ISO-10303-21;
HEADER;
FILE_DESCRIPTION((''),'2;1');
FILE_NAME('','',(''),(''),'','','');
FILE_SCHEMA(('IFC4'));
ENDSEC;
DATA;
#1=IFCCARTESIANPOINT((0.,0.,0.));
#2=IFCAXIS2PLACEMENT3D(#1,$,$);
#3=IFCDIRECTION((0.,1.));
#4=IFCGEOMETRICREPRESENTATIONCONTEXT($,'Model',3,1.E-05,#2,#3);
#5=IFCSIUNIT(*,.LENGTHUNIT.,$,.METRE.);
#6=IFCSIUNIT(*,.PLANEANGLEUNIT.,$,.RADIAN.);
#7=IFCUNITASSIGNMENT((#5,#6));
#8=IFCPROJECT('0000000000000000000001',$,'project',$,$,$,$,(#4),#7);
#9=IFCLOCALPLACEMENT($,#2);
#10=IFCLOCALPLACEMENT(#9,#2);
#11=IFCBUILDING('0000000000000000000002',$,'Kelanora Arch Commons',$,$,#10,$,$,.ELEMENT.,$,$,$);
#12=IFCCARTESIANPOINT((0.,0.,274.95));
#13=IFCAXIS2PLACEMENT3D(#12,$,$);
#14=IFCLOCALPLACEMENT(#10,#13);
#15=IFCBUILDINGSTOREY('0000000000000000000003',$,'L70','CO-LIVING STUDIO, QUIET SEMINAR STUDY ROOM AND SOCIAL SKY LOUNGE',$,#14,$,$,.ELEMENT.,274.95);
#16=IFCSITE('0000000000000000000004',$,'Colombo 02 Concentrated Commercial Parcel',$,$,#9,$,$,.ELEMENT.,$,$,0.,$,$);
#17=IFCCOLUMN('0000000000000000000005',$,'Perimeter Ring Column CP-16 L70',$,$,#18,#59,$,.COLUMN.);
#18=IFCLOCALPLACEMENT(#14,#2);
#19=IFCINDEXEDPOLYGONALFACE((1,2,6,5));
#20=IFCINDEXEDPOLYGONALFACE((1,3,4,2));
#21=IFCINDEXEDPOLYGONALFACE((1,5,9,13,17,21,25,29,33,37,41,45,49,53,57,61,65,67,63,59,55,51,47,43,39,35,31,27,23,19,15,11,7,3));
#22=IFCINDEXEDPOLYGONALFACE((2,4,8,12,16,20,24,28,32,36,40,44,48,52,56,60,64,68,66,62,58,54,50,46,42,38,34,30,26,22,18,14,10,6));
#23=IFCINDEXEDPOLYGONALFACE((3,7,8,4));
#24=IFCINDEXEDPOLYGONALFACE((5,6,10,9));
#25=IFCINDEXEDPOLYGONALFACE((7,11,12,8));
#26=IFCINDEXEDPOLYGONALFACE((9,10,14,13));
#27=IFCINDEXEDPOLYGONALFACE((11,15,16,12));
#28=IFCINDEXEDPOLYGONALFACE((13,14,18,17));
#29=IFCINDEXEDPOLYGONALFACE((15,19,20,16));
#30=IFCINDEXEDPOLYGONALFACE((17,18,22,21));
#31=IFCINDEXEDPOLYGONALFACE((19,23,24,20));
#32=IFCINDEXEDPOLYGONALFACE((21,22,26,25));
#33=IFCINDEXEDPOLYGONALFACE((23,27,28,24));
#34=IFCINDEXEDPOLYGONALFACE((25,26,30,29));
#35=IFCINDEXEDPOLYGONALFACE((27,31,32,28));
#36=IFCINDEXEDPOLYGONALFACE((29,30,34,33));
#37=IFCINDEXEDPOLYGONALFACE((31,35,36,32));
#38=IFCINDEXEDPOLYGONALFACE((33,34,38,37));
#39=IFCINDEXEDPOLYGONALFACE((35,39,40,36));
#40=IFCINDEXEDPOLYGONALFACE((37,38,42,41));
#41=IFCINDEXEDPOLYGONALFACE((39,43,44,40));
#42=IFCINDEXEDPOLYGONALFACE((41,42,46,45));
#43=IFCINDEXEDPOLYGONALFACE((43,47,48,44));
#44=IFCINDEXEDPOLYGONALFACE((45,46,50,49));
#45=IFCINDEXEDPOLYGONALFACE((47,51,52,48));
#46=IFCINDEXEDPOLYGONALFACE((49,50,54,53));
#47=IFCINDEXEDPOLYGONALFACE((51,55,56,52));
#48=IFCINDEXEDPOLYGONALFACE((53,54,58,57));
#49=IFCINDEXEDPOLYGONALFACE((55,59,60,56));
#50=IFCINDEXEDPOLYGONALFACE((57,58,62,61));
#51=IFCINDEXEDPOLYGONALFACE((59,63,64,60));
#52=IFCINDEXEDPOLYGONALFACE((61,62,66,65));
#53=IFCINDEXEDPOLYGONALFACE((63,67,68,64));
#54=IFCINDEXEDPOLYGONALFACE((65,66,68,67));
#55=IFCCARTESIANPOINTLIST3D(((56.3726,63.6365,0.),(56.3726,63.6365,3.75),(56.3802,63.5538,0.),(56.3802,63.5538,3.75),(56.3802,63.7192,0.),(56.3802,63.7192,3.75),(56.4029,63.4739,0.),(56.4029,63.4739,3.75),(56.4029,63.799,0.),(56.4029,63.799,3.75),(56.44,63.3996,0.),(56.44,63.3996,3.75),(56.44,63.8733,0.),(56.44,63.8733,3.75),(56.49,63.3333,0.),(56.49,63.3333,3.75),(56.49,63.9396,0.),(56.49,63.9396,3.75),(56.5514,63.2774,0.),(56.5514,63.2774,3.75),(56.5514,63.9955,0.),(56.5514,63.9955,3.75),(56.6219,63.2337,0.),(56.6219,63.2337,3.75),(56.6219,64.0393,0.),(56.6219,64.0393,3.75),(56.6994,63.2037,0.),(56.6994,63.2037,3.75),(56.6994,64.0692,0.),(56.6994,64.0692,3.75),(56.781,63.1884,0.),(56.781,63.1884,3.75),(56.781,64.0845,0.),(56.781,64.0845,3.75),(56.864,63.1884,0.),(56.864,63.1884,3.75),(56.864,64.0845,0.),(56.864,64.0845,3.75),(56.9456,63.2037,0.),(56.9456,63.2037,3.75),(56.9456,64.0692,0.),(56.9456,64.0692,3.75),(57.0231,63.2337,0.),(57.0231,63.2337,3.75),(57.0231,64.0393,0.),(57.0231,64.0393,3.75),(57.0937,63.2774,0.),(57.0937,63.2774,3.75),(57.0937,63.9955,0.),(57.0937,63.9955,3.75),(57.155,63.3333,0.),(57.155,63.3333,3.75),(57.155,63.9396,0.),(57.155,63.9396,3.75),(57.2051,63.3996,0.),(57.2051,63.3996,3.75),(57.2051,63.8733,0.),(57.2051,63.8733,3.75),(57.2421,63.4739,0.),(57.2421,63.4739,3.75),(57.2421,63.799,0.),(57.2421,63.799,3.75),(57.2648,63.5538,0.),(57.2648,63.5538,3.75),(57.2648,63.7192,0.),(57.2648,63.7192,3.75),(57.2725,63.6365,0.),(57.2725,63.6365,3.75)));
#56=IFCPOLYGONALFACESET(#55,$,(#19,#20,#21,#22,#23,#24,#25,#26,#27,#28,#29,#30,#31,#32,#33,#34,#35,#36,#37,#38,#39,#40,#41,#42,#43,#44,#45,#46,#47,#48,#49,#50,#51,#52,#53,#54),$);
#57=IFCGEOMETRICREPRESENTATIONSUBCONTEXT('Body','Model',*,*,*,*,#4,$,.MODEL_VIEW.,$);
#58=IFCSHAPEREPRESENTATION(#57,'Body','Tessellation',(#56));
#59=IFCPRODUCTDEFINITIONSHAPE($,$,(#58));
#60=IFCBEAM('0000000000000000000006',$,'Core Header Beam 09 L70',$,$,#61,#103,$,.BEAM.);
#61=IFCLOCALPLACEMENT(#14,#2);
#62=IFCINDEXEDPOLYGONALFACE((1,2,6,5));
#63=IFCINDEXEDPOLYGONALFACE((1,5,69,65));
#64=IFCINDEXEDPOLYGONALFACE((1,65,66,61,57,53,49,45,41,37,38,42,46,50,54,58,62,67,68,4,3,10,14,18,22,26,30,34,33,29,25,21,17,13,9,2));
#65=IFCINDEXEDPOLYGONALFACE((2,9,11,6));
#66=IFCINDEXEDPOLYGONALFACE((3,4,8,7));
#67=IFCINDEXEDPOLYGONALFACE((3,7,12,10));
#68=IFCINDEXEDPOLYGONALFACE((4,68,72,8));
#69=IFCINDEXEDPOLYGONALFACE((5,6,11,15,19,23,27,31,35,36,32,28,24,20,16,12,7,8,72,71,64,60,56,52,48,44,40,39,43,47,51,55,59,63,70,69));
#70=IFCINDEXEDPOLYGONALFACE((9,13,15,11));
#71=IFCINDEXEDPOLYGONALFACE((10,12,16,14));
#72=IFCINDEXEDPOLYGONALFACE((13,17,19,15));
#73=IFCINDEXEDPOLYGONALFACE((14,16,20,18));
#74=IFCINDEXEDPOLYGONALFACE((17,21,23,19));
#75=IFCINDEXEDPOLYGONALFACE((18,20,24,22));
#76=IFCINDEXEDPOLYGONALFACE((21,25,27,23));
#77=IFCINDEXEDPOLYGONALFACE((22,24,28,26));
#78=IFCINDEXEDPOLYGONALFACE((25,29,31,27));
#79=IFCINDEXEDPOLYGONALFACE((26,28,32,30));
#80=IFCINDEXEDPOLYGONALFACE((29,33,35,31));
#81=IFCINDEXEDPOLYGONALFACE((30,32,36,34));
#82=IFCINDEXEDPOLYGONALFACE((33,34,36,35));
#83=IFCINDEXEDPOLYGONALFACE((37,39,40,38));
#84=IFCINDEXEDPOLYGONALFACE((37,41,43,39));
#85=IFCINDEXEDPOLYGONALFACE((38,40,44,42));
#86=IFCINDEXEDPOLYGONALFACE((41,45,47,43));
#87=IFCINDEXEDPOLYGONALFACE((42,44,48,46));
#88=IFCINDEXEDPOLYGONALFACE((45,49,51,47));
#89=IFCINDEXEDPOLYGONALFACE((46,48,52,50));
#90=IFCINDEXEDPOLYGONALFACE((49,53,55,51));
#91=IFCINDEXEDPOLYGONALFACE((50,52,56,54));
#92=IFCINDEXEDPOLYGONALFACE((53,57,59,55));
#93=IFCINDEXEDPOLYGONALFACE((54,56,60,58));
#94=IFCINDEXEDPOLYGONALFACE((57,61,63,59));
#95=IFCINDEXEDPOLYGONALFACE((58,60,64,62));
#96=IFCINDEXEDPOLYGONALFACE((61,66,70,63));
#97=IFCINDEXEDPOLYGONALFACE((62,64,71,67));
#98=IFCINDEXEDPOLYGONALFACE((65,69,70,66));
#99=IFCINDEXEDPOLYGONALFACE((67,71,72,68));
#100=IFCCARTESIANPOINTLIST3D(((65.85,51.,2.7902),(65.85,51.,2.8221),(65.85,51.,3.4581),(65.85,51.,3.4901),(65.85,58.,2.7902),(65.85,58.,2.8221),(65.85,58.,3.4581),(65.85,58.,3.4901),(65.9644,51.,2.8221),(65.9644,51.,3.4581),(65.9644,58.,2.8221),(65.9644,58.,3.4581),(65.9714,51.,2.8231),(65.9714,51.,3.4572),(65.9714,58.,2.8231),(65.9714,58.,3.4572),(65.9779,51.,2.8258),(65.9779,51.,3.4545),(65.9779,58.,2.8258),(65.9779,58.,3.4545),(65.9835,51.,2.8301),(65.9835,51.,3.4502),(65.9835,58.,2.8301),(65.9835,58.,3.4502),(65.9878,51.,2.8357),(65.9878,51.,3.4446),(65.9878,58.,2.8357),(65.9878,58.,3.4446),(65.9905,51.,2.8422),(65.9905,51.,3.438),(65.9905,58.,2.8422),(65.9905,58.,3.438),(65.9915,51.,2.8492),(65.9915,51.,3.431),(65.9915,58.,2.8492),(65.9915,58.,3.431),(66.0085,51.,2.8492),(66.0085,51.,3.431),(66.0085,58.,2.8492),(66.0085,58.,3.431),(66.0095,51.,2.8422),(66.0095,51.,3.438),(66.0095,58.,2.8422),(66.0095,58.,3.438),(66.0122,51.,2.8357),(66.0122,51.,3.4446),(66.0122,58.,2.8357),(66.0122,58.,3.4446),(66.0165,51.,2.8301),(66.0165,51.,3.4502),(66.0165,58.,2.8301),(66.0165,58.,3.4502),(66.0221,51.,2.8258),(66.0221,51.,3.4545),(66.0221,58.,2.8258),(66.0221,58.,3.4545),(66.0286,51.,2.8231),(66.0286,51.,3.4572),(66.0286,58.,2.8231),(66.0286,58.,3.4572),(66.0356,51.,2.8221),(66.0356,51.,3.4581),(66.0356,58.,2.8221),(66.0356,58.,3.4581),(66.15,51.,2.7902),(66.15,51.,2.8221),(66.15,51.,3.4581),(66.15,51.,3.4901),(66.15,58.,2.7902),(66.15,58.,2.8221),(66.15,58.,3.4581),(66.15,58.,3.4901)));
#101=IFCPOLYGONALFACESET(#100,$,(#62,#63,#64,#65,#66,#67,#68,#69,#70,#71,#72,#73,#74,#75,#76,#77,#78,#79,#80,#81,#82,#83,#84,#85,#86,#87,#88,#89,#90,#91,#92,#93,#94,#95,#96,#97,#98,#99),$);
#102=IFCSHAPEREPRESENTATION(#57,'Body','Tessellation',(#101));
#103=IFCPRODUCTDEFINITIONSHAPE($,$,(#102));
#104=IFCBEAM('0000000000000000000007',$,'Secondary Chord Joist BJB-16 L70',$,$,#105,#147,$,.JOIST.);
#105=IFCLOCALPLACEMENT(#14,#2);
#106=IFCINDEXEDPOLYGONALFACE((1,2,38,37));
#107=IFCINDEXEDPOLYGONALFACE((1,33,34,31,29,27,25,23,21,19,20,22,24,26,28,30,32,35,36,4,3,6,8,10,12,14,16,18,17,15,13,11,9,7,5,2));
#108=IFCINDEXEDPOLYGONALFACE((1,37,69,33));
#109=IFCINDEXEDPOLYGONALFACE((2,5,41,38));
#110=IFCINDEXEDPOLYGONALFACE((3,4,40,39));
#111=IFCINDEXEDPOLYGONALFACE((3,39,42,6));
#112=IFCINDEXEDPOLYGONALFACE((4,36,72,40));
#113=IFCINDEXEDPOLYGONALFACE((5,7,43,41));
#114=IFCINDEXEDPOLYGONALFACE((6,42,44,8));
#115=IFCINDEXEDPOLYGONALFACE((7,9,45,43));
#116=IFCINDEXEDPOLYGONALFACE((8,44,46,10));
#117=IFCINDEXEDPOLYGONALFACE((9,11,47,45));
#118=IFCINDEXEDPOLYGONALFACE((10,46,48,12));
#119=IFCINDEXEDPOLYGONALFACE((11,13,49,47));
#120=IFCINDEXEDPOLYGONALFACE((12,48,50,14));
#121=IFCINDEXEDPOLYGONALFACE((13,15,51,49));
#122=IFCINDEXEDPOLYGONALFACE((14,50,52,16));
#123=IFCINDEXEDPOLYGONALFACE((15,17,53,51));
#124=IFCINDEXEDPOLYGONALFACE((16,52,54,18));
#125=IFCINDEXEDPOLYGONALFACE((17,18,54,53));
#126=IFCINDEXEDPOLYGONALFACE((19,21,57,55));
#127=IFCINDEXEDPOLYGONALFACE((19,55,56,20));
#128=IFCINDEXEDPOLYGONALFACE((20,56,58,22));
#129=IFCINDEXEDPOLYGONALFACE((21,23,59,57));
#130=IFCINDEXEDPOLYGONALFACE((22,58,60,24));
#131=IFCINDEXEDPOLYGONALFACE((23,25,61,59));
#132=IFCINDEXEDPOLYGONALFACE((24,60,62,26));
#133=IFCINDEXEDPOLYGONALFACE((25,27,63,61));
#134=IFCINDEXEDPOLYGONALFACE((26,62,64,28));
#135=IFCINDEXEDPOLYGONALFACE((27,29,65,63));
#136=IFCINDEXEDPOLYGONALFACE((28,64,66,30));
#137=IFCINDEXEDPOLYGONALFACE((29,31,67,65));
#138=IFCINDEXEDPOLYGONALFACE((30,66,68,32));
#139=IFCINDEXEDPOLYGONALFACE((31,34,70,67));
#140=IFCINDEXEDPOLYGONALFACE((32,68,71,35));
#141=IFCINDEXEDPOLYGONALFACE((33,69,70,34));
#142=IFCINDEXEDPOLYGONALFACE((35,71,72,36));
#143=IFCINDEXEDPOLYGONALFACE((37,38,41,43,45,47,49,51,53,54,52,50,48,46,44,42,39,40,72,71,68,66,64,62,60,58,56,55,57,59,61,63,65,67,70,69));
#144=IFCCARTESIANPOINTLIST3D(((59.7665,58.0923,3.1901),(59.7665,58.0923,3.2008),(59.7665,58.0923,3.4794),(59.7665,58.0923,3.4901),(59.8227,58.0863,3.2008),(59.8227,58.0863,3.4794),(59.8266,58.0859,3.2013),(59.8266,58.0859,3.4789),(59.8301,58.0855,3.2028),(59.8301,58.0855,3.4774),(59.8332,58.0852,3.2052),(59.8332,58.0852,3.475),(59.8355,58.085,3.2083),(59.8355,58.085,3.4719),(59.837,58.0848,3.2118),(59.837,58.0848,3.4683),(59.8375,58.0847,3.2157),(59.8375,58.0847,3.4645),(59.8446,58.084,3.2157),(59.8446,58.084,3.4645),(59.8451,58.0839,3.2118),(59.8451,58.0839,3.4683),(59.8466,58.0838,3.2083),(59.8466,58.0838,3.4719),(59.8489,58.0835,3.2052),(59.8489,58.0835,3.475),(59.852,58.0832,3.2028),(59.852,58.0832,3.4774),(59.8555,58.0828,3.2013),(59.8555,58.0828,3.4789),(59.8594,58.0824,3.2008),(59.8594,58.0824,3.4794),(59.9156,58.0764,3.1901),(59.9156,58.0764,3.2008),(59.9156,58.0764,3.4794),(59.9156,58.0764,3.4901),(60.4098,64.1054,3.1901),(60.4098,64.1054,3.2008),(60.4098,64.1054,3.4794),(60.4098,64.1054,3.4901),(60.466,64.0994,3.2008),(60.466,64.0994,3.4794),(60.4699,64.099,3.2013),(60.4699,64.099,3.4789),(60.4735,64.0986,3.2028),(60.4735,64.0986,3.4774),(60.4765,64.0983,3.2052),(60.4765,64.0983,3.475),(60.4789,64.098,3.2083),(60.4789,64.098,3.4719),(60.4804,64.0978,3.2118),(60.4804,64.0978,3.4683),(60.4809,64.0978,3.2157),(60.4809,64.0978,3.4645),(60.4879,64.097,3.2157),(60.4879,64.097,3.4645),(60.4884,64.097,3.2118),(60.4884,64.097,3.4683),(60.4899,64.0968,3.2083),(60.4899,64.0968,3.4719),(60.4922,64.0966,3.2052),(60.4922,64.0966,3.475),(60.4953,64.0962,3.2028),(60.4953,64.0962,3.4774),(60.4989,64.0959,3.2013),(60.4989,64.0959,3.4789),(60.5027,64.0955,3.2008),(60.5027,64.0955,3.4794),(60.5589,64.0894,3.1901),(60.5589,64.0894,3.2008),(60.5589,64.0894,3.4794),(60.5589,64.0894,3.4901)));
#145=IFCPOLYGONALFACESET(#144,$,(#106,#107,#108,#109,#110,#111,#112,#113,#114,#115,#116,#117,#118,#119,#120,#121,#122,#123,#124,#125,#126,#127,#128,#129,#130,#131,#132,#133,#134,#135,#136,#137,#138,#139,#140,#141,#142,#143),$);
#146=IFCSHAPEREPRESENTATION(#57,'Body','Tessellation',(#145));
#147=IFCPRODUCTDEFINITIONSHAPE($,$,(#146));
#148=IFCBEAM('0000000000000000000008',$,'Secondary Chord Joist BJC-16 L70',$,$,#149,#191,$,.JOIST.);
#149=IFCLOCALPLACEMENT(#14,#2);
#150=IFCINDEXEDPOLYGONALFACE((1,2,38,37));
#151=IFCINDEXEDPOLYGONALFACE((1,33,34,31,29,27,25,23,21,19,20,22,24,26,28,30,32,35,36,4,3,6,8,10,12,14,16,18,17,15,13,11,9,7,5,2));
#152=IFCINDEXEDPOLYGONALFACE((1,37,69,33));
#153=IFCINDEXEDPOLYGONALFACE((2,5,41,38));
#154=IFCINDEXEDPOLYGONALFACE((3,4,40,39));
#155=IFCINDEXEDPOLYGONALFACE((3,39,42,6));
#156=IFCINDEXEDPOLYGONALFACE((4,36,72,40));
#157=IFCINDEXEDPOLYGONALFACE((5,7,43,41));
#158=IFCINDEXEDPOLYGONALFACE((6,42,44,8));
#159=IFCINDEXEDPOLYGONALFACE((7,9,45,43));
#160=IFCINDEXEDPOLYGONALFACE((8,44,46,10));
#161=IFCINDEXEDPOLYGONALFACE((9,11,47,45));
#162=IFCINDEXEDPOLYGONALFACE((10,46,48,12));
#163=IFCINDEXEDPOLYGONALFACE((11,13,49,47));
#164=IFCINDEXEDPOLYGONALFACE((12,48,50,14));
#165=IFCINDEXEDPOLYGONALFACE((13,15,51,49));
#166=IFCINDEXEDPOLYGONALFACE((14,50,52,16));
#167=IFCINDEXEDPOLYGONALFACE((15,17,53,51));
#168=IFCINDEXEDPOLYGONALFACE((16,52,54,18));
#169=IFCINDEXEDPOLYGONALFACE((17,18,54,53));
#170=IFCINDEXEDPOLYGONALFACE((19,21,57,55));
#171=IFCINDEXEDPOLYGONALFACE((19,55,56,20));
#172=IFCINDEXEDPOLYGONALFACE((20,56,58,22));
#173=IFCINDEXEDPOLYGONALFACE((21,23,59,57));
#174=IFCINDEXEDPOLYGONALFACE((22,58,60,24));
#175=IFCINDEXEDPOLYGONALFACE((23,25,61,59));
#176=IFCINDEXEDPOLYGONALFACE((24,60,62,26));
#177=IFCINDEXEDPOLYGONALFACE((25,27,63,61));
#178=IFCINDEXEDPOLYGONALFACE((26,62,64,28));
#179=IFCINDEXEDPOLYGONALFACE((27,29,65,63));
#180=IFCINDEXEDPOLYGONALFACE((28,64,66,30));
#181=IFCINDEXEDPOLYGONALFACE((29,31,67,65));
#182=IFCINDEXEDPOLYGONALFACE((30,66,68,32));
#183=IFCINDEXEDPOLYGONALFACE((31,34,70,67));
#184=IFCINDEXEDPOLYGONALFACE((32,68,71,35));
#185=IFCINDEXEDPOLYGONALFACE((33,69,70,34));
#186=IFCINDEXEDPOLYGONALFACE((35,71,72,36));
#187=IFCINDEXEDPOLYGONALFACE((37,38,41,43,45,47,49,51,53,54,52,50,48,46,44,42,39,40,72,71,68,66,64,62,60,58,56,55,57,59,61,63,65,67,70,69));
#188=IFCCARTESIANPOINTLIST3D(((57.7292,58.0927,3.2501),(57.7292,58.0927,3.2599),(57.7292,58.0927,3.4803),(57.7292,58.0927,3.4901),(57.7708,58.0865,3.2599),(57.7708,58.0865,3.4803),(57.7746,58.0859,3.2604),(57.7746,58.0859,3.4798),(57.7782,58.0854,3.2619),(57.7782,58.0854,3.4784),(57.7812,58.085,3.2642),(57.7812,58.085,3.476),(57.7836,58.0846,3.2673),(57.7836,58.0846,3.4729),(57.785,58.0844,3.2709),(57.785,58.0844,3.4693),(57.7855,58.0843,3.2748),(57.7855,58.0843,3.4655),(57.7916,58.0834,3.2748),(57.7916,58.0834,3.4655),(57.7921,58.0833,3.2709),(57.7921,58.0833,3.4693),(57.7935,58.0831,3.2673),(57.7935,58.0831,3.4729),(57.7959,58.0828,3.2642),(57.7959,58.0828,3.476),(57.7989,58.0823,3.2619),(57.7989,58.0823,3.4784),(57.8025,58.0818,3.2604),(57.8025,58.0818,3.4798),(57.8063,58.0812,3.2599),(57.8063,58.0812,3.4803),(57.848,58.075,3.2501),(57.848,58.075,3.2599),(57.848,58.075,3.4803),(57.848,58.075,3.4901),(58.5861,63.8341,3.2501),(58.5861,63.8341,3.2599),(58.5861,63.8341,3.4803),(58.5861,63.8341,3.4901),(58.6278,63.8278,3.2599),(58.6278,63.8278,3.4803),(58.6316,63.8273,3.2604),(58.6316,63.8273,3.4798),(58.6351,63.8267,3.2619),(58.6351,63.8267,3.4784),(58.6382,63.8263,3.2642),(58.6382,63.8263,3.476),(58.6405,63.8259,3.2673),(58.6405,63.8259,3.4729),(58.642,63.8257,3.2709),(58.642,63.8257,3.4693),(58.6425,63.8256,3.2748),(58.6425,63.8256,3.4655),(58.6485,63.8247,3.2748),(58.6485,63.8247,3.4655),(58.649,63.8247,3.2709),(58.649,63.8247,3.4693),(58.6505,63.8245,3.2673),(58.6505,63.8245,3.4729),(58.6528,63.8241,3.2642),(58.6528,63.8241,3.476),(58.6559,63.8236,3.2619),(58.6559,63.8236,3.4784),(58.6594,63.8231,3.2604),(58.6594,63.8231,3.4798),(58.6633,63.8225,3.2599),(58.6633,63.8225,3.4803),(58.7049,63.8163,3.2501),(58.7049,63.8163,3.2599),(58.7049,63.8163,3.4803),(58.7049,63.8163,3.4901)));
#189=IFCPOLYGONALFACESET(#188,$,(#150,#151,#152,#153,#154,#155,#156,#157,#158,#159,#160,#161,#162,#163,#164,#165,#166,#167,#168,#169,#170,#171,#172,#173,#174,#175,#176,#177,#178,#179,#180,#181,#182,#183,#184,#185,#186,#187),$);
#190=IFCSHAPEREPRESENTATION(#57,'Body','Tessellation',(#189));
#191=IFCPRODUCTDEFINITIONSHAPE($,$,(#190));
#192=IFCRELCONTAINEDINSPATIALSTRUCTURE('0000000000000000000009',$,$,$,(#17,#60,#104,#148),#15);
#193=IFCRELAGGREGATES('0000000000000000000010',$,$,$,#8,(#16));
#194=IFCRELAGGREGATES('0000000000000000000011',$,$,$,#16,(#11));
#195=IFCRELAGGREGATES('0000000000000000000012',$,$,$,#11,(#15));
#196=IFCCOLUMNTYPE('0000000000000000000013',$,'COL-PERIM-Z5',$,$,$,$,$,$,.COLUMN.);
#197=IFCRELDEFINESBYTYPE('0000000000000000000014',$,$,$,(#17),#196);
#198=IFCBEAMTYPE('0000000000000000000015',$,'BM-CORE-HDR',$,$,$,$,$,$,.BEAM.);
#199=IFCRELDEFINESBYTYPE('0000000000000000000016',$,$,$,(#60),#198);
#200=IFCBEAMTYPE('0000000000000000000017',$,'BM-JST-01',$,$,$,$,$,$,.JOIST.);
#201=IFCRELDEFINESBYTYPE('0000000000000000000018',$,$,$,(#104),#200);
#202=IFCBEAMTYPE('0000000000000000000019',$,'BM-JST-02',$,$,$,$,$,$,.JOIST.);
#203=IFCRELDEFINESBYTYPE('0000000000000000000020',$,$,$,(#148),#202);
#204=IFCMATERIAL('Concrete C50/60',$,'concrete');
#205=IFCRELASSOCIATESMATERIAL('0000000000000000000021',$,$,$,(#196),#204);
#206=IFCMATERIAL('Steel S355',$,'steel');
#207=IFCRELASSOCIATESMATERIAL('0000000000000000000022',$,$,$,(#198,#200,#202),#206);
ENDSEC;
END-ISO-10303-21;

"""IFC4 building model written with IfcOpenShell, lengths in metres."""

from ifc_helpers import new_model, si_unit, direction, frame, origin, origin_2d, place, context, subcontext, project, spatial, circle, i_section, extrude, material, material_profile, profile_set, type_object, element, save


model = new_model("IFC4")

# Units and contexts
model_context = context("Model", 3, precision=1e-05, world=origin(), true_north=direction((0.0, 1.0)))
body_context = subcontext(model_context, "Body", "Model", "MODEL_VIEW")
ifc_project = project(units=[si_unit("LENGTHUNIT", "METRE"), si_unit("PLANEANGLEUNIT", "RADIAN")], contexts=[model_context])

# Site, building, storey
site_placement = place(None, origin())
site = spatial("IfcSite", under=ifc_project, at=site_placement, Name="Colombo 02 Concentrated Commercial Parcel", CompositionType="ELEMENT", RefElevation=0.0)
building_placement = place(site_placement, origin())
building = spatial("IfcBuilding", under=site, at=building_placement, Name="Kelanora Arch Commons", CompositionType="ELEMENT")
storey_placement = place(building_placement, frame((0.0, 0.0, 274.95)))
storey = spatial("IfcBuildingStorey", under=building, at=storey_placement, Name="L70", Description="CO-LIVING STUDIO, QUIET SEMINAR STUDY ROOM AND SOCIAL SKY LOUNGE", CompositionType="ELEMENT", Elevation=274.95)

# Column
ifc_material_1 = material(Name="Concrete C50/60", Category="concrete")
ifc_material_profile_1 = material_profile(ifc_material_1, circle(Radius=0.45, at=origin_2d()), Name="RCC900")
ifc_profile_set_1 = profile_set([ifc_material_profile_1], Name="Concrete C50/60")
column_type = type_object("IfcColumnType", Name="COL-PERIM-Z5", PredefinedType="COLUMN", material=ifc_profile_set_1)
column_placement = place(storey_placement, frame((56.8225, 63.6365, 0.0), z_axis=(0.0, 0.0, 1.0), x_axis=(1.0, 0.0, 0.0)))
element("IfcColumn", 1, at=column_placement, inside=storey, type_object=column_type, Name="Perimeter Ring Column CP-16 L70", PredefinedType="COLUMN", context=body_context, shape_type="SweptSolid", body=[
    extrude(circle(Radius=0.45, at=origin_2d()), origin(), (0.0, 0.0, 1.0), 3.75),
])

# Beams
ifc_material_2 = material(Name="Steel S355", Category="steel")
ifc_material_profile_2 = material_profile(ifc_material_2, i_section(OverallWidth=0.3, OverallDepth=0.7, WebThickness=0.0171, FlangeThickness=0.032, FilletRadius=0.0271, at=origin_2d()), Name="HEB700")
ifc_profile_set_2 = profile_set([ifc_material_profile_2], Name="Steel S355")
beam_type_1 = type_object("IfcBeamType", Name="BM-CORE-HDR", PredefinedType="BEAM", material=ifc_profile_set_2)
beam_1_placement = place(storey_placement, frame((66.0, 58.0, 3.1401), z_axis=(0.0, -1.0, 0.0), x_axis=(1.0, 0.0, 0.0)))
element("IfcBeam", 2, at=beam_1_placement, inside=storey, type_object=beam_type_1, Name="Core Header Beam 09 L70", PredefinedType="BEAM", context=body_context, shape_type="SweptSolid", body=[
    extrude(i_section(OverallWidth=0.3, OverallDepth=0.7, WebThickness=0.0171, FlangeThickness=0.032, FilletRadius=0.0271, at=origin_2d()), origin(), (0.0, 0.0, 1.0), 7.0),
])
ifc_material_profile_3 = material_profile(ifc_material_2, i_section(OverallWidth=0.1499, OverallDepth=0.3, WebThickness=0.0071, FlangeThickness=0.0107, FilletRadius=0.0149, at=origin_2d()), Name="IPE300")
ifc_profile_set_3 = profile_set([ifc_material_profile_3], Name="Steel S355")
beam_type_2 = type_object("IfcBeamType", Name="BM-JST-01", PredefinedType="JOIST", material=ifc_profile_set_3)
beam_2_placement = place(storey_placement, frame((60.4844, 64.0974, 3.3401), z_axis=(-0.106381, -0.994325, 0.0), x_axis=(0.994325, -0.106381, 0.0)))
element("IfcBeam", 3, at=beam_2_placement, inside=storey, type_object=beam_type_2, Name="Secondary Chord Joist BJB-16 L70", PredefinedType="JOIST", context=body_context, shape_type="SweptSolid", body=[
    extrude(i_section(OverallWidth=0.1499, OverallDepth=0.3, WebThickness=0.0071, FlangeThickness=0.0107, FilletRadius=0.0149, at=origin_2d()), origin(), (0.0, 0.0, 1.0), 6.0474),
])
ifc_material_profile_4 = material_profile(ifc_material_2, i_section(OverallWidth=0.1201, OverallDepth=0.24, WebThickness=0.0061, FlangeThickness=0.0098, FilletRadius=0.0149, at=origin_2d()), Name="IPE240")
ifc_profile_set_4 = profile_set([ifc_material_profile_4], Name="Steel S355")
beam_type_3 = type_object("IfcBeamType", Name="BM-JST-02", PredefinedType="JOIST", material=ifc_profile_set_4)
beam_3_placement = place(storey_placement, frame((58.6455, 63.8252, 3.3701), z_axis=(-0.147625, -0.989043, 0.0), x_axis=(0.989043, -0.147625, 0.0)))
element("IfcBeam", 4, at=beam_3_placement, inside=storey, type_object=beam_type_3, Name="Secondary Chord Joist BJC-16 L70", PredefinedType="JOIST", context=body_context, shape_type="SweptSolid", body=[
    extrude(i_section(OverallWidth=0.1201, OverallDepth=0.24, WebThickness=0.0061, FlangeThickness=0.0098, FilletRadius=0.0149, at=origin_2d()), origin(), (0.0, 0.0, 1.0), 5.8049),
])

save(model, "model.ifc")
